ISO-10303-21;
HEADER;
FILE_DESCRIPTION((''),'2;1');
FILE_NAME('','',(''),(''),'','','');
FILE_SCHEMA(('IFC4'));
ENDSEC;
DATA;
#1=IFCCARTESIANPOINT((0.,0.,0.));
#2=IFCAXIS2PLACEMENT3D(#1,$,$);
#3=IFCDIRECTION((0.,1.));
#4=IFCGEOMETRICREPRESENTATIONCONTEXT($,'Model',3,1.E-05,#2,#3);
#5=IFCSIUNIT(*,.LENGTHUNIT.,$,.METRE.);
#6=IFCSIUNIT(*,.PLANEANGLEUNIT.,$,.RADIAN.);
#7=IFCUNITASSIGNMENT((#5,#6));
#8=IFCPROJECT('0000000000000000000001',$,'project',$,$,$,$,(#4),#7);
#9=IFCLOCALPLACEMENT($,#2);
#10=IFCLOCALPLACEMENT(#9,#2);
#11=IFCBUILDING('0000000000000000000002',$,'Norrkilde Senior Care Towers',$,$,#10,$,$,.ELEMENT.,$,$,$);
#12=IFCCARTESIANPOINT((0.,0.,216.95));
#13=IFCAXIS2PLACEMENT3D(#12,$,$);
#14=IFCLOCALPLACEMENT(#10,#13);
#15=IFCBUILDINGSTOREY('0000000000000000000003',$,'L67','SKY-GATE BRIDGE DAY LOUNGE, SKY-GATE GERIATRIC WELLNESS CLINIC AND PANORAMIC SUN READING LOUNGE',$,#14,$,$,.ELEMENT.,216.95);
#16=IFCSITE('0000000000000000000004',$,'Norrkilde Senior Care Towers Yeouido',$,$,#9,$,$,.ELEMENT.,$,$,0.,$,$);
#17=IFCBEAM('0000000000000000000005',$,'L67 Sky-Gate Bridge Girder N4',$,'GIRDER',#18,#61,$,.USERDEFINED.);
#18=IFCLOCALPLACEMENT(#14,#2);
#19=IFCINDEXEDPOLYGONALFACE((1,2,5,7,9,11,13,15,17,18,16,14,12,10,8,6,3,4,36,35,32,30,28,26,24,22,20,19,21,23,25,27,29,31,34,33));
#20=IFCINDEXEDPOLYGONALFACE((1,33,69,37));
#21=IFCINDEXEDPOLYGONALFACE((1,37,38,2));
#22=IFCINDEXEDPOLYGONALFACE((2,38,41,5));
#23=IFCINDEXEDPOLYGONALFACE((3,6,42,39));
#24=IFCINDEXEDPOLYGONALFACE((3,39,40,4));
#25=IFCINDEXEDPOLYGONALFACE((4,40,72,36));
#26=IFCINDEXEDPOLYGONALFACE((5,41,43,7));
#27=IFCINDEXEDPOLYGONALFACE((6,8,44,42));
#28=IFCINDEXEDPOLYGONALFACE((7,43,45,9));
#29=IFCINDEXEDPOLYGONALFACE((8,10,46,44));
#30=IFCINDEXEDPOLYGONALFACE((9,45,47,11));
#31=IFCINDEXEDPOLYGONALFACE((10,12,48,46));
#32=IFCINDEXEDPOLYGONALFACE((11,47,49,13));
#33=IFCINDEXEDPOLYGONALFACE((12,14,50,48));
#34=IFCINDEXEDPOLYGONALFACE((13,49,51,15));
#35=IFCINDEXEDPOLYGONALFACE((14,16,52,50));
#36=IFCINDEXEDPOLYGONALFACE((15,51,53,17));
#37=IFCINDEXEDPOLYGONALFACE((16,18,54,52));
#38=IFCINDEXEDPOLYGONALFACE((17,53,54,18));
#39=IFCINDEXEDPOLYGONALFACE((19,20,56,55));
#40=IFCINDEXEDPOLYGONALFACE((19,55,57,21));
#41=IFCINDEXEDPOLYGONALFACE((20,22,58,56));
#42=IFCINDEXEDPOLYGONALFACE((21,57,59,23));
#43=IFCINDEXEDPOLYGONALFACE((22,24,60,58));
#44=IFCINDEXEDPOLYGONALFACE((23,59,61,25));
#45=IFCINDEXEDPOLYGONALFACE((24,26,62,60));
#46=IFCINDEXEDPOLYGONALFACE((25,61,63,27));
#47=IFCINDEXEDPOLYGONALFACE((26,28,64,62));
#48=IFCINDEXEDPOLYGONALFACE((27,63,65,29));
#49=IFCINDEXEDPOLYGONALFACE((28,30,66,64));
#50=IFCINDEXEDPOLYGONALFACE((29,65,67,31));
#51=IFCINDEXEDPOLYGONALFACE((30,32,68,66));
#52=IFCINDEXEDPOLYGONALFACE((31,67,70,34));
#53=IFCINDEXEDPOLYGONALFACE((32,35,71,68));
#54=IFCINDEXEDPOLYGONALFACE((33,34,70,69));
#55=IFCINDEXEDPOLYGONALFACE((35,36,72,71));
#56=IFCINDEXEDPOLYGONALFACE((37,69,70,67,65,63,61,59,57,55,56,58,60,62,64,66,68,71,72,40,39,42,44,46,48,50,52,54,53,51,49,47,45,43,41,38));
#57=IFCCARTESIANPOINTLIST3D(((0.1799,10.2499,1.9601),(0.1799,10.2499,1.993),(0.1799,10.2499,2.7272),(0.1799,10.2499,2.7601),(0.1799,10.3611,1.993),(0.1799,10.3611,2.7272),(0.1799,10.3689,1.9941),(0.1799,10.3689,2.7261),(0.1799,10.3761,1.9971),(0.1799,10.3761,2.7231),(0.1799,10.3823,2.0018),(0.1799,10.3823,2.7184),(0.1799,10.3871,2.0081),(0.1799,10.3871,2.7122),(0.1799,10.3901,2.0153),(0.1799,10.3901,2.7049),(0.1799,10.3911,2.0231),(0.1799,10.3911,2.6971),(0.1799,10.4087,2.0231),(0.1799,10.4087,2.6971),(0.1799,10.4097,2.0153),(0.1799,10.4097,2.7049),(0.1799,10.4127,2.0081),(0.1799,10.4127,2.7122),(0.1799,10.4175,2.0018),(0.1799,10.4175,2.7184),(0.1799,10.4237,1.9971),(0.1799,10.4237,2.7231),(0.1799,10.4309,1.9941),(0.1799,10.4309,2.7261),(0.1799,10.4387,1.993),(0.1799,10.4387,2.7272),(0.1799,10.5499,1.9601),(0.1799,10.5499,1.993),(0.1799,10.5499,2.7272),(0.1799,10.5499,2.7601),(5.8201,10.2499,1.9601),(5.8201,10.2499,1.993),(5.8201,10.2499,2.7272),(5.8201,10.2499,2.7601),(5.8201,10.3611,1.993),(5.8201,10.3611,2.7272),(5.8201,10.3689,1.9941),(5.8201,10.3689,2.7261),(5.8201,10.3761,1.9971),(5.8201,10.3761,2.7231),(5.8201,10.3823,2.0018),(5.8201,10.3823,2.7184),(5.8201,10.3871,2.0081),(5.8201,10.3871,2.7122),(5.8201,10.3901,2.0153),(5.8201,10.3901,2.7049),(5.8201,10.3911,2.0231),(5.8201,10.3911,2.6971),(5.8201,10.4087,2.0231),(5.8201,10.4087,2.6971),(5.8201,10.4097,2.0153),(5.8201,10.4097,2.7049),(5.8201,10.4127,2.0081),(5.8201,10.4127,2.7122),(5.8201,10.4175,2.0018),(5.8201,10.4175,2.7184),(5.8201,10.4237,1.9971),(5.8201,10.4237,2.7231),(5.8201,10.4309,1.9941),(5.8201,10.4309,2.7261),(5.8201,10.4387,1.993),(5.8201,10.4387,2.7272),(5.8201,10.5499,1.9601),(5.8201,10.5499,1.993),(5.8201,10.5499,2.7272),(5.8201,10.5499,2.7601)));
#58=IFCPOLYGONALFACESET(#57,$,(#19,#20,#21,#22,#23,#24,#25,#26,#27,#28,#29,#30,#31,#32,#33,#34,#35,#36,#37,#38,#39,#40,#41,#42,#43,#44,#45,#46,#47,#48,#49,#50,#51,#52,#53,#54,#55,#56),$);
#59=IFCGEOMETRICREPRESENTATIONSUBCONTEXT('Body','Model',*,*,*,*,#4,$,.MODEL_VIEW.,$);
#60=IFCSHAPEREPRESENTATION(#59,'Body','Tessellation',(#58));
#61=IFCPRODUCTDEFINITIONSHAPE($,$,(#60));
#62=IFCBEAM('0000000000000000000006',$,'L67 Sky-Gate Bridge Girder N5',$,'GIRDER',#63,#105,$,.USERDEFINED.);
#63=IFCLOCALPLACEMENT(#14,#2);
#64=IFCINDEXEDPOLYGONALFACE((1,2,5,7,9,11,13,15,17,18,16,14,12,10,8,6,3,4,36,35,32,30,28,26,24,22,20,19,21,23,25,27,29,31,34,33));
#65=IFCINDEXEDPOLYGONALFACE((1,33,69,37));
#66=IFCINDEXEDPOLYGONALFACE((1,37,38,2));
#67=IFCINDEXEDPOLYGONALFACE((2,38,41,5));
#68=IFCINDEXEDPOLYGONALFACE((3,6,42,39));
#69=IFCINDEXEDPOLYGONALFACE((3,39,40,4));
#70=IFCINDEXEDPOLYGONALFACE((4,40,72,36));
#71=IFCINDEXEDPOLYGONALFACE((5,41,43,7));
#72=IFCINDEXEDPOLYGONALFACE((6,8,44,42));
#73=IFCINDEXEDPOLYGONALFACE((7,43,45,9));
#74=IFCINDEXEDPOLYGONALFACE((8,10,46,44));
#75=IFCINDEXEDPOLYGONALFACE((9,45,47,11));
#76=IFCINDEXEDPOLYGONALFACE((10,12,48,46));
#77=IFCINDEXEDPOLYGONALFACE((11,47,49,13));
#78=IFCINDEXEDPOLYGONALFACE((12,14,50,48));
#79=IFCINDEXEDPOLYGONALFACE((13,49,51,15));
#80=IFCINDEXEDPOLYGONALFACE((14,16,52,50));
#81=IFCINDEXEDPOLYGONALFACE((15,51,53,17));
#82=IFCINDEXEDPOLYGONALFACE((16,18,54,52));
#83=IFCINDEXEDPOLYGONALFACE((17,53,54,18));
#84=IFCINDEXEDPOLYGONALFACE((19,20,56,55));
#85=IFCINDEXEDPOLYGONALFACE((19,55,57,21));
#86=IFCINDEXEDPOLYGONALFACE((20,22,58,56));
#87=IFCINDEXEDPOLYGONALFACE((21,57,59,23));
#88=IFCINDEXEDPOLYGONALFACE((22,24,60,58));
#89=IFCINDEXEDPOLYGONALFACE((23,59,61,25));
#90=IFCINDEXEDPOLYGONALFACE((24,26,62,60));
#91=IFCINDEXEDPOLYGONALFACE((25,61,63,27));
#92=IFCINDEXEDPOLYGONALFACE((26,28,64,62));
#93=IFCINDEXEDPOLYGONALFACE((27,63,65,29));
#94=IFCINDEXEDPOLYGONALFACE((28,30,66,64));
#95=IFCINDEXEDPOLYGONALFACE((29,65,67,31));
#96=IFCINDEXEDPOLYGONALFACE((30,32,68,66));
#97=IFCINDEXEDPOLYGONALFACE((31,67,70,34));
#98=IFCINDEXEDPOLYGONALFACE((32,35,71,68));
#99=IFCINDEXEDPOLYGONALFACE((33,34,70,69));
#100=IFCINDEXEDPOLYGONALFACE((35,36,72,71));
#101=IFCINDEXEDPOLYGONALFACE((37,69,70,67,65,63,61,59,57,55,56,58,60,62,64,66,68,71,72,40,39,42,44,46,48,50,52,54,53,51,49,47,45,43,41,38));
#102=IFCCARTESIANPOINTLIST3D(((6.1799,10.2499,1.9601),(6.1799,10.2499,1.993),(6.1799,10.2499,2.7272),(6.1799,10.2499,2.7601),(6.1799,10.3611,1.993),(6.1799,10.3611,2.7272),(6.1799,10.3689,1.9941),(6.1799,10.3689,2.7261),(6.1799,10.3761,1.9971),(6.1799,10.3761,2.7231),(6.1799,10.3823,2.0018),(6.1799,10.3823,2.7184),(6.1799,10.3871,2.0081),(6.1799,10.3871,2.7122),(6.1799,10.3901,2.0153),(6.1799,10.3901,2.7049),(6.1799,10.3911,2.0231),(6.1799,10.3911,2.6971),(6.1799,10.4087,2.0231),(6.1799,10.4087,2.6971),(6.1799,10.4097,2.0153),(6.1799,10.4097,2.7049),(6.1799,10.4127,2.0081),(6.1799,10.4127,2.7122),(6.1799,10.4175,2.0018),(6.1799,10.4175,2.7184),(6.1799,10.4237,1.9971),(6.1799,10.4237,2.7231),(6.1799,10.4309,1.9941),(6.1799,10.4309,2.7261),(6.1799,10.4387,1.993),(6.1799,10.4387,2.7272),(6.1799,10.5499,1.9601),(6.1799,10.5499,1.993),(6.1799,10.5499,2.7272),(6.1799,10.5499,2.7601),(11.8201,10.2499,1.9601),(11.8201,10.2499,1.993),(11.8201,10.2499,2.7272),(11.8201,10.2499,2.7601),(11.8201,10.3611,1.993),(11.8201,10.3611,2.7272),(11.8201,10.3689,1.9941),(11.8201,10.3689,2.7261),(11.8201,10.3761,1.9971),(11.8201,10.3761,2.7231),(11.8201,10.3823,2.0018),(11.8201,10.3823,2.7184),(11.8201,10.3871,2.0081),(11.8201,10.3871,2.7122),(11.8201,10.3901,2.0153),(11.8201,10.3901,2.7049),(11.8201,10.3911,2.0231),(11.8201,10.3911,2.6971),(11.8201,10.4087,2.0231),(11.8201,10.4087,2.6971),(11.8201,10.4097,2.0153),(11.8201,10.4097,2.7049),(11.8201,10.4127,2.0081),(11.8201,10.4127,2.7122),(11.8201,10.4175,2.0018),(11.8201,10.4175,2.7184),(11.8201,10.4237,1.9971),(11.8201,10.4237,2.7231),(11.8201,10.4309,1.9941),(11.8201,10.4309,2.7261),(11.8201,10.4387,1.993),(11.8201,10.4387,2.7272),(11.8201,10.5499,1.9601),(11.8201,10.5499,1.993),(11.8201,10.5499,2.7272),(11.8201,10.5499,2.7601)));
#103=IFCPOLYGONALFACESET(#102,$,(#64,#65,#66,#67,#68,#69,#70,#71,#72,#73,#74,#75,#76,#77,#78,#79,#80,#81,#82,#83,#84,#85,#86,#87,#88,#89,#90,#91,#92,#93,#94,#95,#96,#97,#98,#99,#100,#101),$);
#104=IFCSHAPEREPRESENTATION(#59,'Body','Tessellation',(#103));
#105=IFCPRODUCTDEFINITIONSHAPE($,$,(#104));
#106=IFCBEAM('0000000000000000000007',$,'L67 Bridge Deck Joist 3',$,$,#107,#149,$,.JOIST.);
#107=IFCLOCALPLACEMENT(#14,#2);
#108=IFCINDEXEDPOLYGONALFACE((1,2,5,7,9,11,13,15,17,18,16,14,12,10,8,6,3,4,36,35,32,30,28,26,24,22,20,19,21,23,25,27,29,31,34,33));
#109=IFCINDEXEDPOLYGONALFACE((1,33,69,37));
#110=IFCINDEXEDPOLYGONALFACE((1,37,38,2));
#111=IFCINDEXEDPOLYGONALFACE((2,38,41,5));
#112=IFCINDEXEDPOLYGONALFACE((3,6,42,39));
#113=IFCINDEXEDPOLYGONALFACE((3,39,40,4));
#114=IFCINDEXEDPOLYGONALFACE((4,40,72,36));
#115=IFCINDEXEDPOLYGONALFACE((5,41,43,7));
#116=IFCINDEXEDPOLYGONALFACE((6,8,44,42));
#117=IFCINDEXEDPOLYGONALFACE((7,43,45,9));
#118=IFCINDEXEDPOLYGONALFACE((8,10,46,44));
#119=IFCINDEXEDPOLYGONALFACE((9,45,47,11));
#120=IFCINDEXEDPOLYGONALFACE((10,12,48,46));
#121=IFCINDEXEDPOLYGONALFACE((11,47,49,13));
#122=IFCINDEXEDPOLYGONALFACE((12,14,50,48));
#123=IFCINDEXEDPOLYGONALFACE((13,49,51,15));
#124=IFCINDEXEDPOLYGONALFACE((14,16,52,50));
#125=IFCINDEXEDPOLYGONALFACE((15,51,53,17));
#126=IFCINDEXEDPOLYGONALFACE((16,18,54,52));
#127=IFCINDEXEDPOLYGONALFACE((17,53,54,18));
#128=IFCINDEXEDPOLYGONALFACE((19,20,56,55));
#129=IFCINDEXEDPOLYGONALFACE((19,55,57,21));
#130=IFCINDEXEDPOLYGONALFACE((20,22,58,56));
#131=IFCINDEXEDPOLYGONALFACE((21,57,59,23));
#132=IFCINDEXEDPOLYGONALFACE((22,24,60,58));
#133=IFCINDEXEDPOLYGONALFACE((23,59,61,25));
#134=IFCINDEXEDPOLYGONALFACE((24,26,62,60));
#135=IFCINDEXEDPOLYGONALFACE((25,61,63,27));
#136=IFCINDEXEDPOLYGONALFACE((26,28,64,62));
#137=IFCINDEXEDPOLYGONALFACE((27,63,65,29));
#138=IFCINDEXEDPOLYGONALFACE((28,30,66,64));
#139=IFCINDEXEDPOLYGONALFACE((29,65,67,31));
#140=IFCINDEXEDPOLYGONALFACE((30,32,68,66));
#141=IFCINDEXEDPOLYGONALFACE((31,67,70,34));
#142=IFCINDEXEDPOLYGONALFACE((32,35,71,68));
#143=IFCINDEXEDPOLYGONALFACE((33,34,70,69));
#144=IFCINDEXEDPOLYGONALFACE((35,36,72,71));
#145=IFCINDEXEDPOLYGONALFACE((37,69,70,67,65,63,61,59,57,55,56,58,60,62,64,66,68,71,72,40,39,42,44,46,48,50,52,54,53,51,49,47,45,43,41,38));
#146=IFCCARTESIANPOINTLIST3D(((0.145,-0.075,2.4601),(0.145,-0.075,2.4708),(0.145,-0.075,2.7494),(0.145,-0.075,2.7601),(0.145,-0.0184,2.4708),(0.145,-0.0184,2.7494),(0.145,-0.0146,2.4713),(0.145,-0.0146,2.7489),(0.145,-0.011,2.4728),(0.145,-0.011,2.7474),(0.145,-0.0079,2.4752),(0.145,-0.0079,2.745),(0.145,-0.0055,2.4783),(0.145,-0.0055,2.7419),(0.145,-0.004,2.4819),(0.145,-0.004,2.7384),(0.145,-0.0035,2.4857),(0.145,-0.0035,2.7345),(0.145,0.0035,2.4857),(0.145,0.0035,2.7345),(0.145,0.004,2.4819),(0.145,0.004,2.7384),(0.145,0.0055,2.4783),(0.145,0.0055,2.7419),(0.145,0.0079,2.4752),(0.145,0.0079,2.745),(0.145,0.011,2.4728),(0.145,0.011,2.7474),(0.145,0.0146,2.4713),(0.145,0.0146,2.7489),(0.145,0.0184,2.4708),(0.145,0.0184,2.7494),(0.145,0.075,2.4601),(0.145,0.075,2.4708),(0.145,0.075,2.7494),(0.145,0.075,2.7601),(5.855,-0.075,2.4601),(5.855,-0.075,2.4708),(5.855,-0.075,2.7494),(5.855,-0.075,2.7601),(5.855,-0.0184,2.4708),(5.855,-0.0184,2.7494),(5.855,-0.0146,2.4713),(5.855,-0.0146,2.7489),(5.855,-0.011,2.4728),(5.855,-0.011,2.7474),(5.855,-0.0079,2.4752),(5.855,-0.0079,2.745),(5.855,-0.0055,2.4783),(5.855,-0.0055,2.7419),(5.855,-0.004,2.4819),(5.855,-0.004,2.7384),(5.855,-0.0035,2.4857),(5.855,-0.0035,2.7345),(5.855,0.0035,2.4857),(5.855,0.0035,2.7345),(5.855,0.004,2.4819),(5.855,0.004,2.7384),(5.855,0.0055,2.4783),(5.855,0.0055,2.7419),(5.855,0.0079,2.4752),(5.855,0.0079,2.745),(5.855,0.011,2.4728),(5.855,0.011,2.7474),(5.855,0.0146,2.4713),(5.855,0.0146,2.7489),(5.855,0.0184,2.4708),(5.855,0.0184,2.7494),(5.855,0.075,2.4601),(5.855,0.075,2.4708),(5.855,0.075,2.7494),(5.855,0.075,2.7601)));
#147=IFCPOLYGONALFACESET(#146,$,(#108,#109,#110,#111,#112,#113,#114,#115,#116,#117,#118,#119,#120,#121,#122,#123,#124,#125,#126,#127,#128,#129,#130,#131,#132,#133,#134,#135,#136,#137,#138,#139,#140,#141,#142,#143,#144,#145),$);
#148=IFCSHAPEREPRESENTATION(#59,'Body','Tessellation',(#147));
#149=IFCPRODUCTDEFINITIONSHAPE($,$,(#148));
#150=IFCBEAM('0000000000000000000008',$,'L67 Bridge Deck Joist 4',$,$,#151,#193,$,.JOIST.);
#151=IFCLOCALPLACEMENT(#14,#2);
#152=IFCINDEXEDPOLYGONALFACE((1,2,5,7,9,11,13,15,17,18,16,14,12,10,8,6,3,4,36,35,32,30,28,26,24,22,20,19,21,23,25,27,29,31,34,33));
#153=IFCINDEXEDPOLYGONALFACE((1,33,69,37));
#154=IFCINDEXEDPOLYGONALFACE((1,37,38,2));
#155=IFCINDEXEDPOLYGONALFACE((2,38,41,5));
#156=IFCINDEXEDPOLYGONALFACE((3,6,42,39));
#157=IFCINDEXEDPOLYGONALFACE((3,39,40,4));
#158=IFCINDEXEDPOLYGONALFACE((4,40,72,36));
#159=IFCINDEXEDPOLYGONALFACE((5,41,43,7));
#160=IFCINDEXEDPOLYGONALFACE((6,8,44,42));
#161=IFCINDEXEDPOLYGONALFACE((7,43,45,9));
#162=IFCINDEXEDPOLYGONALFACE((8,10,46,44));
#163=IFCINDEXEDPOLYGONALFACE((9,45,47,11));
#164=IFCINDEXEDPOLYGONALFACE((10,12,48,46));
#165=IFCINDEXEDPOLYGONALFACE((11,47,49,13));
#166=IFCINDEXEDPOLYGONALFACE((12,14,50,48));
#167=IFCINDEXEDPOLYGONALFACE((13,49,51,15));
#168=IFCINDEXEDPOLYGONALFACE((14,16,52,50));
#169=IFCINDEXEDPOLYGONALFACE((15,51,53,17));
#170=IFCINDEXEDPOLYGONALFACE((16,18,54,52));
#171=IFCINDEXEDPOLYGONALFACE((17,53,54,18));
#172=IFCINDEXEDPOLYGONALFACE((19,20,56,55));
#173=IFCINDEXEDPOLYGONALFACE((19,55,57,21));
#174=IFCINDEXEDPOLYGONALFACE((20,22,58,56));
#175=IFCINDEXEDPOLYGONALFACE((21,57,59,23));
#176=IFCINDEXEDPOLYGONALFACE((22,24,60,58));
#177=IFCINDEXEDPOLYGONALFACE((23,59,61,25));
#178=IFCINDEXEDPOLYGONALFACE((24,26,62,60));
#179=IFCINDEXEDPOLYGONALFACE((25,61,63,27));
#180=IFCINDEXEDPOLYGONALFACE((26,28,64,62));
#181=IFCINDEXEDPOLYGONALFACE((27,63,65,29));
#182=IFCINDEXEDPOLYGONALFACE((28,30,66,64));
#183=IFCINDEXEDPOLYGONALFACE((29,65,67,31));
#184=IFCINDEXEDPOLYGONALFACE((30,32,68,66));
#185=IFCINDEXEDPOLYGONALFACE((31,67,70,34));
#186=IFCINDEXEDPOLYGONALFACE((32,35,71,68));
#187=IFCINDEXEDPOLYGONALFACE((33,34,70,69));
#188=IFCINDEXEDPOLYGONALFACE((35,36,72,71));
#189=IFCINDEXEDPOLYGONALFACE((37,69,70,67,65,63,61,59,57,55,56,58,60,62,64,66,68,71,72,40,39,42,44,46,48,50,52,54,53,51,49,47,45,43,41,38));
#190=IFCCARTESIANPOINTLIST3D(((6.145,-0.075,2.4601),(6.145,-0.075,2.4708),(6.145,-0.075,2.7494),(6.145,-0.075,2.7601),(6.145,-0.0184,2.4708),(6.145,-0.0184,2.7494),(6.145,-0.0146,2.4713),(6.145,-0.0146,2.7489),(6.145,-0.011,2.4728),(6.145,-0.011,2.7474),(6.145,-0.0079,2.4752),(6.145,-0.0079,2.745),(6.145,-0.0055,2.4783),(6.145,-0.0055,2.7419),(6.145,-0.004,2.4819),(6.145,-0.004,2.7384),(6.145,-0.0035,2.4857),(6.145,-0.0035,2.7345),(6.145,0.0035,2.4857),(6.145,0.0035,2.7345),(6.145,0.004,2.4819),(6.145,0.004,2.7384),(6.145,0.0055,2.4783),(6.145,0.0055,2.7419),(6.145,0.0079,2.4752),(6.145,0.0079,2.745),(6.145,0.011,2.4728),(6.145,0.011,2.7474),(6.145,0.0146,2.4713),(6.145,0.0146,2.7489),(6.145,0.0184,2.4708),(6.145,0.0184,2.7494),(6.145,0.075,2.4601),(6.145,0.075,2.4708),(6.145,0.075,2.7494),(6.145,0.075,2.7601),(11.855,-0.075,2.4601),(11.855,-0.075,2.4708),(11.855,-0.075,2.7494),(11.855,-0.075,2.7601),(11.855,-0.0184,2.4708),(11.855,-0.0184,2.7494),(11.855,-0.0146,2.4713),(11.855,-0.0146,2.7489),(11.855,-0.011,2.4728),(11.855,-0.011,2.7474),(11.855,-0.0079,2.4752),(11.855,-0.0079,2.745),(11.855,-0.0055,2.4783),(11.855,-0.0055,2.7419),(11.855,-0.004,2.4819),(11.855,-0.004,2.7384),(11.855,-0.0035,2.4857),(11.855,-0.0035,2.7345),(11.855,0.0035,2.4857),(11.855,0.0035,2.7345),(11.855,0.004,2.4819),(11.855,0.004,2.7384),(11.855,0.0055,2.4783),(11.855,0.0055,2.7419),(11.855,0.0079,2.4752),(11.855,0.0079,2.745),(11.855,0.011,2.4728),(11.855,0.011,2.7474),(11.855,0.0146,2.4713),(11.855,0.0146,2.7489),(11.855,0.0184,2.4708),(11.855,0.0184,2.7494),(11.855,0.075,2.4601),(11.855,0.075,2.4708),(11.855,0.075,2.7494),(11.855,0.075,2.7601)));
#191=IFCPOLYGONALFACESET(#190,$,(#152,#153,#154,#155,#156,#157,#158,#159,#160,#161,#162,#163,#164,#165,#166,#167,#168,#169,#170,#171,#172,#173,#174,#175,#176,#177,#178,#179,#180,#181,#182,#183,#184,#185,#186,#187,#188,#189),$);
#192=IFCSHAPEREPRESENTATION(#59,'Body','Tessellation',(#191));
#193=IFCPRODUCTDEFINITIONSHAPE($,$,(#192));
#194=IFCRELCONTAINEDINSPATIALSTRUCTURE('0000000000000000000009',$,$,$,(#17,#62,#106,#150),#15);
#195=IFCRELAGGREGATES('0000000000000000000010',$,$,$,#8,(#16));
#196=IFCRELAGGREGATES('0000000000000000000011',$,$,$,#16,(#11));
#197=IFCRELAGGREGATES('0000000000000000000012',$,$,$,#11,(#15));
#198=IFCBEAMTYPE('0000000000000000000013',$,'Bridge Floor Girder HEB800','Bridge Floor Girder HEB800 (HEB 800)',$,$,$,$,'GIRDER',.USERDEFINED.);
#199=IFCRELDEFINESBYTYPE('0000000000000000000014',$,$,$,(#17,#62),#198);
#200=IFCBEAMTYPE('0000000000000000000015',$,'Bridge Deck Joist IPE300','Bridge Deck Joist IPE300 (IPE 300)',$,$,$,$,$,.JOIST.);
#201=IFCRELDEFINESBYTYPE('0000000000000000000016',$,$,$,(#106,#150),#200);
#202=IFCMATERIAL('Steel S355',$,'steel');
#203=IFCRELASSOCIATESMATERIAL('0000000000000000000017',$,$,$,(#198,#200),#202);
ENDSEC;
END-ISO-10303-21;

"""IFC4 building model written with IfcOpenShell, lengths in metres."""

from ifc_helpers import new_model, si_unit, direction, frame, origin, origin_2d, place, context, subcontext, project, spatial, i_section, extrude, source, transform, mapped, material, material_profile, profile_set, type_object, type_shapes, element, save


model = new_model("IFC4")

# Units and contexts
model_context = context("Model", 3, precision=1e-05, world=origin(), true_north=direction((0.0, 1.0)))
body_context = subcontext(model_context, "Body", "Model", "MODEL_VIEW")
ifc_project = project(units=[si_unit("LENGTHUNIT", "METRE"), si_unit("PLANEANGLEUNIT", "RADIAN")], contexts=[model_context])

# Site, building, storey
site_placement = place(None, origin())
site = spatial("IfcSite", under=ifc_project, at=site_placement, Name="Norrkilde Senior Care Towers Yeouido", CompositionType="ELEMENT", RefElevation=0.0)
building_placement = place(site_placement, origin())
building = spatial("IfcBuilding", under=site, at=building_placement, Name="Norrkilde Senior Care Towers", CompositionType="ELEMENT")
storey_placement = place(building_placement, frame((0.0, 0.0, 216.95)))
storey = spatial("IfcBuildingStorey", under=building, at=storey_placement, Name="L67", Description="SKY-GATE BRIDGE DAY LOUNGE, SKY-GATE GERIATRIC WELLNESS CLINIC AND PANORAMIC SUN READING LOUNGE", CompositionType="ELEMENT", Elevation=216.95)

# Shared definitions
ifc_material_1 = material(Name="Steel S355", Category="steel")

# Beams
ifc_material_profile_1 = material_profile(ifc_material_1, i_section(OverallWidth=0.3, OverallDepth=0.8, WebThickness=0.0176, FlangeThickness=0.033, FilletRadius=0.03, at=origin_2d()), Name="HEB 800")
ifc_profile_set_1 = profile_set([ifc_material_profile_1], Name="Steel S355")
beam_type_1 = type_object("IfcBeamType", Name="Bridge Floor Girder HEB800", Description="Bridge Floor Girder HEB800 (HEB 800)", ElementType="GIRDER", PredefinedType="USERDEFINED", material=ifc_profile_set_1)
shared_shape_1 = source(origin(), body_context, "Body", "SweptSolid", [
    extrude(i_section(OverallWidth=0.3, OverallDepth=0.8, WebThickness=0.0176, FlangeThickness=0.033, FilletRadius=0.03, at=origin_2d()), origin(), (0.0, 0.0, 1.0), 5.6401),
])
type_shapes(beam_type_1, [shared_shape_1])
for number, where, z_axis, x_axis, name in (
    (1, (0.1799, 10.3999, 2.3601), (1.0, 0.0, 0.0), (0.0, 1.0, 0.0), "L67 Sky-Gate Bridge Girder N4"),
    (2, (6.1799, 10.3999, 2.3601), (1.0, 0.0, 0.0), (0.0, 1.0, 0.0), "L67 Sky-Gate Bridge Girder N5"),
):
    element("IfcBeam", number, at=place(storey_placement, frame(where, z_axis=z_axis, x_axis=x_axis)), inside=storey, type_object=beam_type_1, Name=name, ObjectType="GIRDER", PredefinedType="USERDEFINED", context=body_context, shape_type="MappedRepresentation", body=[
        mapped(shared_shape_1, transform((0.0, 0.0, 0.0), x_axis=(1.0, 0.0, 0.0), y_axis=(0.0, 1.0, 0.0), z_axis=(0.0, 0.0, 1.0), scale=1.0)),
    ])
ifc_material_profile_2 = material_profile(ifc_material_1, i_section(OverallWidth=0.1499, OverallDepth=0.3, WebThickness=0.0071, FlangeThickness=0.0107, FilletRadius=0.0149, at=origin_2d()), Name="IPE 300")
ifc_profile_set_2 = profile_set([ifc_material_profile_2], Name="Steel S355")
beam_type_2 = type_object("IfcBeamType", Name="Bridge Deck Joist IPE300", Description="Bridge Deck Joist IPE300 (IPE 300)", PredefinedType="JOIST", material=ifc_profile_set_2)
shared_shape_2 = source(origin(), body_context, "Body", "SweptSolid", [
    extrude(i_section(OverallWidth=0.1499, OverallDepth=0.3, WebThickness=0.0071, FlangeThickness=0.0107, FilletRadius=0.0149, at=origin_2d()), origin(), (0.0, 0.0, 1.0), 5.71),
])
type_shapes(beam_type_2, [shared_shape_2])
for number, where, z_axis, x_axis, name in (
    (3, (0.145, 0.0, 2.6101), (1.0, 0.0, 0.0), (0.0, 1.0, 0.0), "L67 Bridge Deck Joist 3"),
    (4, (6.145, 0.0, 2.6101), (1.0, 0.0, 0.0), (0.0, 1.0, 0.0), "L67 Bridge Deck Joist 4"),
):
    element("IfcBeam", number, at=place(storey_placement, frame(where, z_axis=z_axis, x_axis=x_axis)), inside=storey, type_object=beam_type_2, Name=name, PredefinedType="JOIST", context=body_context, shape_type="MappedRepresentation", body=[
        mapped(shared_shape_2, transform((0.0, 0.0, 0.0), x_axis=(1.0, 0.0, 0.0), y_axis=(0.0, 1.0, 0.0), z_axis=(0.0, 0.0, 1.0), scale=1.0)),
    ])

save(model, "model.ifc")
